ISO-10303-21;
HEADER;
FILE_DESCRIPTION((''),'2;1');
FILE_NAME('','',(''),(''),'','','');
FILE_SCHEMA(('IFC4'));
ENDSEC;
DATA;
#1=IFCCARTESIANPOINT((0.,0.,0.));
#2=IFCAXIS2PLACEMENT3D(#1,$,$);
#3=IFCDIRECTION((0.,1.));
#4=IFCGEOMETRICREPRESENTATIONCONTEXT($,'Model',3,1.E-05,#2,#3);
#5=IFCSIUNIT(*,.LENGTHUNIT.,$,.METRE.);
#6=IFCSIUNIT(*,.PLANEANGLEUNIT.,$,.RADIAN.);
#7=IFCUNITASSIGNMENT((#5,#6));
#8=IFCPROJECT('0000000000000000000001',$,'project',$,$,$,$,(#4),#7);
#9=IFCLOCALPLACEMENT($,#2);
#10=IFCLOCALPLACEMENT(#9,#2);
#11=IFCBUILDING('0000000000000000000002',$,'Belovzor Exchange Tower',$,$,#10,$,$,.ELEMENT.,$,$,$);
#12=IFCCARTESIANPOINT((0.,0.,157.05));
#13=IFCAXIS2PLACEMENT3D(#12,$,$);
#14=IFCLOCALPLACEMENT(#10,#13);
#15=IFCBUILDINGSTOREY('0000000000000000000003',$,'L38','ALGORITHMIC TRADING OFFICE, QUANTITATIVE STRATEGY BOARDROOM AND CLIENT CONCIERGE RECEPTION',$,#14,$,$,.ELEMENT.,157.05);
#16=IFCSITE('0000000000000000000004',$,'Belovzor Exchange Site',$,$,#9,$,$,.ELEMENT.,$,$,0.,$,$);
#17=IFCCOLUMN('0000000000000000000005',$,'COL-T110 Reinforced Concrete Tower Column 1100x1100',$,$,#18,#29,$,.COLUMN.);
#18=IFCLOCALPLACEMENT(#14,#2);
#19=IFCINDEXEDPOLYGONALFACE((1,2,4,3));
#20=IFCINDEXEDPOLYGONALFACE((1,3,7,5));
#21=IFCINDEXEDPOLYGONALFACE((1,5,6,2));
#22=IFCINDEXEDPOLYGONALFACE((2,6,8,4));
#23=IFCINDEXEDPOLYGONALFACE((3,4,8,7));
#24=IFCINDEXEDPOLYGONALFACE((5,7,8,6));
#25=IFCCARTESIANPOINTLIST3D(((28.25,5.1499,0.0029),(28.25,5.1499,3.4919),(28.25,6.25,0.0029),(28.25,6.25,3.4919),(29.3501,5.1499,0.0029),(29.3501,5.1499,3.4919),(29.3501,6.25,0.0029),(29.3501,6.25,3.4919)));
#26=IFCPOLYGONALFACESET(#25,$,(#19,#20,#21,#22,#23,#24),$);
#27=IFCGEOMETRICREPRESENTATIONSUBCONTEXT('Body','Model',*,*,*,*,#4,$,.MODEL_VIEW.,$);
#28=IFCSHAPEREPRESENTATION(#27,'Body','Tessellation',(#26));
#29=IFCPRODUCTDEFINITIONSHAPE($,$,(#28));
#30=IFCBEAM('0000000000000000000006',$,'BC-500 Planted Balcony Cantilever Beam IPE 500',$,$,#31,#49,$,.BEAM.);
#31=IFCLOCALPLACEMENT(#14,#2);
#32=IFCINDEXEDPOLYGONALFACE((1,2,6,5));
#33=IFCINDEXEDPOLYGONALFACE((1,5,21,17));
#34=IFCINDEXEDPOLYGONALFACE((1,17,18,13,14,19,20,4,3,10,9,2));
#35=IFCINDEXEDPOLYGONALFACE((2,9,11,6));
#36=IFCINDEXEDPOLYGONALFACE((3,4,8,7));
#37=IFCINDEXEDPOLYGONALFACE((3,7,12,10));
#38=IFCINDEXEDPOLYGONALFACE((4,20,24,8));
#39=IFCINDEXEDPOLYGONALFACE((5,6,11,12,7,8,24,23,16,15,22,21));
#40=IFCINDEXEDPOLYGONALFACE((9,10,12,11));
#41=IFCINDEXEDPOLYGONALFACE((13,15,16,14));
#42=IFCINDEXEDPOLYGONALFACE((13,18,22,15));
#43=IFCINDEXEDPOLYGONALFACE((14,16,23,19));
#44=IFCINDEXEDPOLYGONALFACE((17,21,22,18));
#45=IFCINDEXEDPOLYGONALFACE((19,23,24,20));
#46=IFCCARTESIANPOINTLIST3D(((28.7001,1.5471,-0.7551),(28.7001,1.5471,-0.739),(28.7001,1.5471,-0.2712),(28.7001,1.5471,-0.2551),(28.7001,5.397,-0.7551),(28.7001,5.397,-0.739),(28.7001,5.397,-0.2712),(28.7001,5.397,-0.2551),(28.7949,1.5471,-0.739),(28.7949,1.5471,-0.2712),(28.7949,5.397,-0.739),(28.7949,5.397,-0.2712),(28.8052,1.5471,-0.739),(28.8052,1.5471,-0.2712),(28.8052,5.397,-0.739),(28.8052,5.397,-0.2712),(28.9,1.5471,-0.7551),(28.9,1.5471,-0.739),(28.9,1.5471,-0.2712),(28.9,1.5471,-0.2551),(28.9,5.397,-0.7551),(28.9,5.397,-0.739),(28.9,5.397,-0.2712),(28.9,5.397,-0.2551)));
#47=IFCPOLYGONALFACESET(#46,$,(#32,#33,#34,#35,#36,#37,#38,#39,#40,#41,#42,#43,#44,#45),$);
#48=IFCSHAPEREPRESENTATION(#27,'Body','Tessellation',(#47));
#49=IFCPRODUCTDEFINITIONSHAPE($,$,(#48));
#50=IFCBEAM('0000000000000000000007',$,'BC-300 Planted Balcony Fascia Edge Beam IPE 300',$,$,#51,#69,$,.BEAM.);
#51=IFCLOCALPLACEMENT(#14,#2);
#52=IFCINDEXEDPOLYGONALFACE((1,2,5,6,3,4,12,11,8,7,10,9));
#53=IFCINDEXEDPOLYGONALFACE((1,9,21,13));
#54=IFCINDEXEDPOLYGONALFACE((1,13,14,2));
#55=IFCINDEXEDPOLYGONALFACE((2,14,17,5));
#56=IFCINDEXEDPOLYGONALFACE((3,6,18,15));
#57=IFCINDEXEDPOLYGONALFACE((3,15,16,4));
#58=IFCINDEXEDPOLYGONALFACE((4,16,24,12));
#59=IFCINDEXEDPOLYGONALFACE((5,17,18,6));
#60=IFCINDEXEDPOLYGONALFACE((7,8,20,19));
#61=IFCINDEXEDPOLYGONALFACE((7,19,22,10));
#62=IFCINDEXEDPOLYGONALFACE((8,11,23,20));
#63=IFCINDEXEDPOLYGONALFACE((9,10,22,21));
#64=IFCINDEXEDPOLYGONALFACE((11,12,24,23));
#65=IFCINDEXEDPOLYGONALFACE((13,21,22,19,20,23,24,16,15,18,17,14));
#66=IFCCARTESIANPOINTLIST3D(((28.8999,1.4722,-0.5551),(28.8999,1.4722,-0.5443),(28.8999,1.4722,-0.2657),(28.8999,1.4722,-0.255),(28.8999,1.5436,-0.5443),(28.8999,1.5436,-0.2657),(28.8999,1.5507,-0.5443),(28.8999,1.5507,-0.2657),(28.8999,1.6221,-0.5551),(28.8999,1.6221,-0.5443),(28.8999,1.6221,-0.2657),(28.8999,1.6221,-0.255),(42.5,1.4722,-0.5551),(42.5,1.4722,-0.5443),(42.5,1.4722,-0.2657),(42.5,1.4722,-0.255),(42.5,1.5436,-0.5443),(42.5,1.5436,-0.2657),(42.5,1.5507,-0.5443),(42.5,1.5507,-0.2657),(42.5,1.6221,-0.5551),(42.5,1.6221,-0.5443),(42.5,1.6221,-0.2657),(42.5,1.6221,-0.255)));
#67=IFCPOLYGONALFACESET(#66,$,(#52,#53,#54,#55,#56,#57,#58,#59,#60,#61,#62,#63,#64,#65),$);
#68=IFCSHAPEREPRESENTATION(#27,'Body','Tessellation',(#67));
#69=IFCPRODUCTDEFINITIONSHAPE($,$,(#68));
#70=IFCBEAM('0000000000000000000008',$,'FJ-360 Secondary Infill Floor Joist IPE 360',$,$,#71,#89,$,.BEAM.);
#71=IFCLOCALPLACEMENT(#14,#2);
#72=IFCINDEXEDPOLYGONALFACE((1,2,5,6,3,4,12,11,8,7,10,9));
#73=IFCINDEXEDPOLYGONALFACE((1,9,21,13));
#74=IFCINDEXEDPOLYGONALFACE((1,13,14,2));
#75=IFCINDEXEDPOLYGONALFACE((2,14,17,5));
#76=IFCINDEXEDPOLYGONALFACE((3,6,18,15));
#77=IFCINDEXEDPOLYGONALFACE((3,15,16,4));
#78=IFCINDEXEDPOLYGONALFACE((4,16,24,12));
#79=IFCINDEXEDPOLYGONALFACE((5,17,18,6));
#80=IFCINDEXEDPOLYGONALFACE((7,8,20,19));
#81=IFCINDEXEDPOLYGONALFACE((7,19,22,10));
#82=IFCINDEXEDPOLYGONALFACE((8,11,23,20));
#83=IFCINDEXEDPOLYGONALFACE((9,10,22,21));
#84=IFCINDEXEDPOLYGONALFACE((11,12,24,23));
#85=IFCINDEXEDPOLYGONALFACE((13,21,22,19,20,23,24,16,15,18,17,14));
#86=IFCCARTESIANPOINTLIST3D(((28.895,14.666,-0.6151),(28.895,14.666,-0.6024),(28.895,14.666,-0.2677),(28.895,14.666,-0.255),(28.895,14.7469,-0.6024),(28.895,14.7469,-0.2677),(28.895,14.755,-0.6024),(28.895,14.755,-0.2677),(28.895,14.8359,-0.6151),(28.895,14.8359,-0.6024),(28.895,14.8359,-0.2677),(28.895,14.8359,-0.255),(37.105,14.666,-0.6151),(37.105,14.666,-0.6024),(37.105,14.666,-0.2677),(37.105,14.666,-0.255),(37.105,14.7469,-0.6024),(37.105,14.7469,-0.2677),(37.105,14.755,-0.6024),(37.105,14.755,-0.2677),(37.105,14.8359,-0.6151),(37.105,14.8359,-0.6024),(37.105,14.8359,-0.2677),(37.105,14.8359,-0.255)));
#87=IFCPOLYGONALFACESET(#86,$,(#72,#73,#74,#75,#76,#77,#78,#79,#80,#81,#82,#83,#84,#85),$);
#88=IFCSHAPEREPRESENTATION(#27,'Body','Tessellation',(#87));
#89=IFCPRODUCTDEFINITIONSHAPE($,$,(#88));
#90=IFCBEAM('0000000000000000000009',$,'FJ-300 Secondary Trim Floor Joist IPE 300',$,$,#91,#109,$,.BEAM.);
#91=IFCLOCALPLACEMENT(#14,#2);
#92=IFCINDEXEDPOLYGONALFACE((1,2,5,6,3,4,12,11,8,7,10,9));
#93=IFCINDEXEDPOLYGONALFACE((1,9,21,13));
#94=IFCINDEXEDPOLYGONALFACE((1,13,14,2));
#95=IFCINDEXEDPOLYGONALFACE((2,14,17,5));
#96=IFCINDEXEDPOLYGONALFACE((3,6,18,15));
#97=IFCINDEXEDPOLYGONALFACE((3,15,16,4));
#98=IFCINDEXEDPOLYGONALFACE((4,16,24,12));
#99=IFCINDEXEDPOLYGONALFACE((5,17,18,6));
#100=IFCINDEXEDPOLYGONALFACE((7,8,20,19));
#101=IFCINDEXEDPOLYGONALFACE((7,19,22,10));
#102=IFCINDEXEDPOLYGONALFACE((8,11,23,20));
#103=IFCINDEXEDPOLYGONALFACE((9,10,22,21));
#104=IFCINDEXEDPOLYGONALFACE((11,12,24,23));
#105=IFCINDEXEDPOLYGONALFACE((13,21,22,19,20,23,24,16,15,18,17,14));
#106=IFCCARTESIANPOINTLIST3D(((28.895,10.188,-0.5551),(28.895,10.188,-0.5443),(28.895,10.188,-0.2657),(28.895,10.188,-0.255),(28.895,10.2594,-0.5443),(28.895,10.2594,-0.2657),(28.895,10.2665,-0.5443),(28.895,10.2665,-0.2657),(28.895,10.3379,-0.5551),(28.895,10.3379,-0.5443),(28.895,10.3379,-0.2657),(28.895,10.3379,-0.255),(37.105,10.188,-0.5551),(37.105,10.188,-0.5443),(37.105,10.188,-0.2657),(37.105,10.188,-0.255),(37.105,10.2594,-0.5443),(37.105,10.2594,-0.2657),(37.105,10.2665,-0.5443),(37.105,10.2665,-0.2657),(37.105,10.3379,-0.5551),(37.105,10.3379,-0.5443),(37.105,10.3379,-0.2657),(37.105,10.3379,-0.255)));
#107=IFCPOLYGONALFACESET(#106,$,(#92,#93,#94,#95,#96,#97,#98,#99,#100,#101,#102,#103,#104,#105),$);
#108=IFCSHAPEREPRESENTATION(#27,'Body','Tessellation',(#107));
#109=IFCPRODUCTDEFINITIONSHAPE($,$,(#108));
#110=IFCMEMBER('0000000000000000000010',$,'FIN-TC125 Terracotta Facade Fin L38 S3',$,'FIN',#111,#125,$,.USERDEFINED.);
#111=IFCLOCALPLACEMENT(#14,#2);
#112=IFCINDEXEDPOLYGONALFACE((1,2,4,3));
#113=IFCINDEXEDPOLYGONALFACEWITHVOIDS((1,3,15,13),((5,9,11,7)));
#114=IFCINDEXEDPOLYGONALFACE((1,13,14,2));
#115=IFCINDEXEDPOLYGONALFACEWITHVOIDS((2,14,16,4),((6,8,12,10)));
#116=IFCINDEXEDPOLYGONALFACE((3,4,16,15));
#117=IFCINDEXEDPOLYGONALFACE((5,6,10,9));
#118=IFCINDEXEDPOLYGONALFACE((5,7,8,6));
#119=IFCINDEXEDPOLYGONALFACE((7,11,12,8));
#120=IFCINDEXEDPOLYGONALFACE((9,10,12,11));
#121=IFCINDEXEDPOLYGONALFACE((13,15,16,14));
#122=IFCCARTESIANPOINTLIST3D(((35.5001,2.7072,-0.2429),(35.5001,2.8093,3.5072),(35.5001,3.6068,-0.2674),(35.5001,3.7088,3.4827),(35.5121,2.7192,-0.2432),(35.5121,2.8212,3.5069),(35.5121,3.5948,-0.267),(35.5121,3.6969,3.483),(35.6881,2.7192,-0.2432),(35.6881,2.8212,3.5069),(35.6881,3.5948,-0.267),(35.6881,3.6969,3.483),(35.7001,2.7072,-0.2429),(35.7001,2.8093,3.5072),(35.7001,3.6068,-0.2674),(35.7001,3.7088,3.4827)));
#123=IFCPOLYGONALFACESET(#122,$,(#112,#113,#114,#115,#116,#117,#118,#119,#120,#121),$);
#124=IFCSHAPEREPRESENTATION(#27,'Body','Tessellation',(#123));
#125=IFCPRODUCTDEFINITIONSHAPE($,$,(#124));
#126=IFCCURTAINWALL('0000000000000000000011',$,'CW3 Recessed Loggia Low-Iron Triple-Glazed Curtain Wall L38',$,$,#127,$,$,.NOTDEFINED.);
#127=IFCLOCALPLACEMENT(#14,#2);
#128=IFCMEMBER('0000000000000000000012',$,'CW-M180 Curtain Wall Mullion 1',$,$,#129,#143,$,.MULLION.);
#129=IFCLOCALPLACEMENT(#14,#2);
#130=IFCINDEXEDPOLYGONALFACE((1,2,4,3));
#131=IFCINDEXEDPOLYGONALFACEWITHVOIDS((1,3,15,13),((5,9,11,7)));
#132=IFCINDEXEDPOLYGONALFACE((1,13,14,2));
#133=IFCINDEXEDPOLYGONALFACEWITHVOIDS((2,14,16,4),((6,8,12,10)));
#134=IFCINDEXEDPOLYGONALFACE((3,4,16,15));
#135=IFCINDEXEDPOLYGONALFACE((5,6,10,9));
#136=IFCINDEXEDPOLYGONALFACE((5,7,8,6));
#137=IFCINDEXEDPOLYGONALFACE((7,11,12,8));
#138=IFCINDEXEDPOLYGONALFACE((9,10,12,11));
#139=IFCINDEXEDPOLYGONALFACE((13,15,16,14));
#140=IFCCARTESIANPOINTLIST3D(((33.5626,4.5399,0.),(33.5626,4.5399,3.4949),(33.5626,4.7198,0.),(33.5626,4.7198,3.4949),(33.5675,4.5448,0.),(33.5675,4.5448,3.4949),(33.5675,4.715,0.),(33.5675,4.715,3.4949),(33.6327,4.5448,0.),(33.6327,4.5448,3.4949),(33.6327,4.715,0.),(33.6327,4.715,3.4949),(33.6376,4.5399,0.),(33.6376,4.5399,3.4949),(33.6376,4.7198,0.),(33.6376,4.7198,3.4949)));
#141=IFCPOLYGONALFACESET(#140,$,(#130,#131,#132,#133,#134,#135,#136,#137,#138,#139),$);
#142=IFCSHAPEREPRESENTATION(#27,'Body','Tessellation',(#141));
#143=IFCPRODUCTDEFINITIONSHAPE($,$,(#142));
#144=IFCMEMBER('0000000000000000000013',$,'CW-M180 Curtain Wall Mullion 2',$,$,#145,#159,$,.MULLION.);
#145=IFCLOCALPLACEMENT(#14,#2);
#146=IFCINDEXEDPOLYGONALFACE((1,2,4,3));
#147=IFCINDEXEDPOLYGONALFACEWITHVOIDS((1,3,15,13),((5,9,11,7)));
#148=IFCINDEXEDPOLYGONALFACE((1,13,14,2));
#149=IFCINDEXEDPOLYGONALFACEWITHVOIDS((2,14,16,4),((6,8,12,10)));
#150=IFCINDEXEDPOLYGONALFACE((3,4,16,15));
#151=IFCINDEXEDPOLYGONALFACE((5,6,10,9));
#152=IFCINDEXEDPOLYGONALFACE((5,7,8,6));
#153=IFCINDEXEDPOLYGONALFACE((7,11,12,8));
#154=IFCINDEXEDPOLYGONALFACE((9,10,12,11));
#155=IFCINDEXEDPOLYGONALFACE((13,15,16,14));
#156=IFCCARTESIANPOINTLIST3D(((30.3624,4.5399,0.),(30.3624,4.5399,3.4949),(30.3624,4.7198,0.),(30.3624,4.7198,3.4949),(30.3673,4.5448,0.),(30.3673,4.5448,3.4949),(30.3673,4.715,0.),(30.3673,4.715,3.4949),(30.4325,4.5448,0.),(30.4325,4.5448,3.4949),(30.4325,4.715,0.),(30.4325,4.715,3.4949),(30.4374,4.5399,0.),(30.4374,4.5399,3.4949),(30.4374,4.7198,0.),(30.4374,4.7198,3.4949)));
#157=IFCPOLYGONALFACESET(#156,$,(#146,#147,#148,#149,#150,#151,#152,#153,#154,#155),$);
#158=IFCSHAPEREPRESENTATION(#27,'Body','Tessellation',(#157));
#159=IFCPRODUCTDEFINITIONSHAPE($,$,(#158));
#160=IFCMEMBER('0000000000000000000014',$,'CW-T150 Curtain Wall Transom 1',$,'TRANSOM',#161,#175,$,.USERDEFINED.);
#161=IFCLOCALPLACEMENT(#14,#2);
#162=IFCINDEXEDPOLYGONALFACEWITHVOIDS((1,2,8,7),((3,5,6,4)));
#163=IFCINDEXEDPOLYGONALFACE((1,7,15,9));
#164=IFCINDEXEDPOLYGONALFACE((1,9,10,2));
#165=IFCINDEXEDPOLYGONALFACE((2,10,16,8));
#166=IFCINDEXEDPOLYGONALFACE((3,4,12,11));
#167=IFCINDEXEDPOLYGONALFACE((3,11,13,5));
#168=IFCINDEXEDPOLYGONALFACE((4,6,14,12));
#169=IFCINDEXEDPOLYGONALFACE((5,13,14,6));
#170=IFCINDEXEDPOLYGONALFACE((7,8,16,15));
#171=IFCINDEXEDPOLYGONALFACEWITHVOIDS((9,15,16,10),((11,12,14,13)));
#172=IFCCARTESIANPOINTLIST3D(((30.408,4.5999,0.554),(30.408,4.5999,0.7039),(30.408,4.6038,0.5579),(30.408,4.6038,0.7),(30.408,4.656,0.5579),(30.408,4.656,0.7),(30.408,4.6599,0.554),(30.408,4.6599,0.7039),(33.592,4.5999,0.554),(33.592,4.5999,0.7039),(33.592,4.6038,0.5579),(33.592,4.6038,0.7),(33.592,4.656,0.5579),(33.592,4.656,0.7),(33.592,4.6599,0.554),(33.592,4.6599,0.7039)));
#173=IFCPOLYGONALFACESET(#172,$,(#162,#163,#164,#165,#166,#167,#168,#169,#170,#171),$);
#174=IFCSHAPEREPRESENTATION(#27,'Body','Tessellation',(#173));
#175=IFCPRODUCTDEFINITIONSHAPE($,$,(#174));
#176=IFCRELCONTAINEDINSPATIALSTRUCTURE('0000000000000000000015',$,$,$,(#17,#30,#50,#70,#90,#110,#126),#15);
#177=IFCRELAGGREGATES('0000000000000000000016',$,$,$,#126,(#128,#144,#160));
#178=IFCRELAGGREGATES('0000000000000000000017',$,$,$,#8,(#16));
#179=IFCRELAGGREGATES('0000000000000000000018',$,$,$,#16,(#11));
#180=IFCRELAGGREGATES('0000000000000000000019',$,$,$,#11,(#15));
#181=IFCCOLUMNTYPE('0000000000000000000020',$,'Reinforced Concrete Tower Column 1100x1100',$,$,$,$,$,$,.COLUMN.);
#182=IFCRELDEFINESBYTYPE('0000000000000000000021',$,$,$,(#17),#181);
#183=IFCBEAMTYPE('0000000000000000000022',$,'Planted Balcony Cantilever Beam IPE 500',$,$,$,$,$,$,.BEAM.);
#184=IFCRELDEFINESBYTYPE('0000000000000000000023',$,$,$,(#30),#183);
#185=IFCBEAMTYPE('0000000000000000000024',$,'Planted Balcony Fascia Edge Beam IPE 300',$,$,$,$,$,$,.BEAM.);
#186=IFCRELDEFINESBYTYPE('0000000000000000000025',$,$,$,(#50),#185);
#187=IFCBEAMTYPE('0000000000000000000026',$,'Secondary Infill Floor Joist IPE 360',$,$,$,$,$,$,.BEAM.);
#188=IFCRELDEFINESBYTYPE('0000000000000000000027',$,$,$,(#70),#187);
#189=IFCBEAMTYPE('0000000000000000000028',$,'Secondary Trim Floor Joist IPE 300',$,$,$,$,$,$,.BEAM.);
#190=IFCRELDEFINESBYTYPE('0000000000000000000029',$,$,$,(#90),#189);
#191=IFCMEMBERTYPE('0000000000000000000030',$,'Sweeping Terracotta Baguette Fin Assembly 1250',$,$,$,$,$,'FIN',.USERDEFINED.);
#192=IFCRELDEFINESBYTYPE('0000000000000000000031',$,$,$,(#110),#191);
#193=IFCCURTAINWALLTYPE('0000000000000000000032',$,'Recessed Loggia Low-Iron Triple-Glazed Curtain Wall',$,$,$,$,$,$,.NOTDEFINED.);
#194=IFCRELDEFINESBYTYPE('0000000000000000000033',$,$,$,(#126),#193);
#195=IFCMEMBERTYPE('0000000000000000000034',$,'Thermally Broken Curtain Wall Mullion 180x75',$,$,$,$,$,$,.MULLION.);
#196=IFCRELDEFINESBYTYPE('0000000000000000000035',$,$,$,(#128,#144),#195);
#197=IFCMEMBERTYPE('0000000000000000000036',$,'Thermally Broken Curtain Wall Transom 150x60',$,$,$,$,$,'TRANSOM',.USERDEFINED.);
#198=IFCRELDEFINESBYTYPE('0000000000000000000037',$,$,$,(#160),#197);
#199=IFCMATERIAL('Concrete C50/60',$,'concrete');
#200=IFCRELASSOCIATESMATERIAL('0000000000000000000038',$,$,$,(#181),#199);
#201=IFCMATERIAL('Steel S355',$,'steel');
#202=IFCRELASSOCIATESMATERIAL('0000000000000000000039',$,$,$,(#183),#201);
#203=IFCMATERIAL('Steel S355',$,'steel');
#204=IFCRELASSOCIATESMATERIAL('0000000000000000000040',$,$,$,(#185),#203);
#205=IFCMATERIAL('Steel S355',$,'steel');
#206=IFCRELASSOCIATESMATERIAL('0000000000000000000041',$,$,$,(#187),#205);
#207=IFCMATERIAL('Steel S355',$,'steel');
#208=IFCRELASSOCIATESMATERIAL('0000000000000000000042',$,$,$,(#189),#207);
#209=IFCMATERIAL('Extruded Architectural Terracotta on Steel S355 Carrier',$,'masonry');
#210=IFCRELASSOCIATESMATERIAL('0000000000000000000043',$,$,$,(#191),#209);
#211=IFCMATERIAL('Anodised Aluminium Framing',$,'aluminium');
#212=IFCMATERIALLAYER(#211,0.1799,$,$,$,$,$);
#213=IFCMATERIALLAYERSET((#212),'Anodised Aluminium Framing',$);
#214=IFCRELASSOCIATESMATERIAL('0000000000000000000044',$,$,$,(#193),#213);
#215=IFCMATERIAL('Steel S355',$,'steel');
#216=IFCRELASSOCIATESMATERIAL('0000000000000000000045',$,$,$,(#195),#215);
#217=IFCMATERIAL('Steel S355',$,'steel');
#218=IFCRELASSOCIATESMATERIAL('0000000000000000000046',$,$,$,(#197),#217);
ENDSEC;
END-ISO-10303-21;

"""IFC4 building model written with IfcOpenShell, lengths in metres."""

from ifc_helpers import new_model, si_unit, direction, frame, origin, origin_2d, place, context, subcontext, project, spatial, rectangle, hollow_rectangle, i_section, extrude, material, layer, layer_set, material_profile, profile_set, type_object, element, aggregate, save


model = new_model("IFC4")

# Units and contexts
model_context = context("Model", 3, precision=1e-05, world=origin(), true_north=direction((0.0, 1.0)))
body_context = subcontext(model_context, "Body", "Model", "MODEL_VIEW")
ifc_project = project(units=[si_unit("LENGTHUNIT", "METRE"), si_unit("PLANEANGLEUNIT", "RADIAN")], contexts=[model_context])

# Site, building, storey
site_placement = place(None, origin())
site = spatial("IfcSite", under=ifc_project, at=site_placement, Name="Belovzor Exchange Site", CompositionType="ELEMENT", RefElevation=0.0)
building_placement = place(site_placement, origin())
building = spatial("IfcBuilding", under=site, at=building_placement, Name="Belovzor Exchange Tower", CompositionType="ELEMENT")
storey_placement = place(building_placement, frame((0.0, 0.0, 157.05)))
storey = spatial("IfcBuildingStorey", under=building, at=storey_placement, Name="L38", Description="ALGORITHMIC TRADING OFFICE, QUANTITATIVE STRATEGY BOARDROOM AND CLIENT CONCIERGE RECEPTION", CompositionType="ELEMENT", Elevation=157.05)

# Column
ifc_material_1 = material(Name="Concrete C50/60", Category="concrete")
ifc_material_profile_1 = material_profile(ifc_material_1, rectangle(XDim=1.1001, YDim=1.1001, at=origin_2d()))
ifc_profile_set_1 = profile_set([ifc_material_profile_1], Name="Concrete C50/60")
column_type = type_object("IfcColumnType", Name="Reinforced Concrete Tower Column 1100x1100", PredefinedType="COLUMN", material=ifc_profile_set_1)
column_placement = place(storey_placement, frame((28.8, 5.7, 0.0029), z_axis=(0.0, 0.0, 1.0), x_axis=(1.0, 0.0, 0.0)))
element("IfcColumn", 1, at=column_placement, inside=storey, type_object=column_type, Name="COL-T110 Reinforced Concrete Tower Column 1100x1100", PredefinedType="COLUMN", context=body_context, shape_type="SweptSolid", body=[
    extrude(rectangle(XDim=1.1001, YDim=1.1001, at=origin_2d()), origin(), (0.0, 0.0, 1.0), 3.489),
])

# Beams
ifc_material_2 = material(Name="Steel S355", Category="steel")
ifc_material_profile_2 = material_profile(ifc_material_2, i_section(OverallWidth=0.2, OverallDepth=0.5, WebThickness=0.0103, FlangeThickness=0.0161, at=origin_2d()))
ifc_profile_set_2 = profile_set([ifc_material_profile_2], Name="Steel S355")
beam_type_1 = type_object("IfcBeamType", Name="Planted Balcony Cantilever Beam IPE 500", PredefinedType="BEAM", material=ifc_profile_set_2)
beam_1_placement = place(storey_placement, frame((28.8, 5.397, -0.5051), z_axis=(0.0, -1.0, 0.0), x_axis=(1.0, 0.0, 0.0)))
element("IfcBeam", 2, at=beam_1_placement, inside=storey, type_object=beam_type_1, Name="BC-500 Planted Balcony Cantilever Beam IPE 500", PredefinedType="BEAM", context=body_context, shape_type="SweptSolid", body=[
    extrude(i_section(OverallWidth=0.2, OverallDepth=0.5, WebThickness=0.0103, FlangeThickness=0.0161, at=origin_2d()), origin(), (0.0, 0.0, 1.0), 3.8499),
])
ifc_material_3 = material(Name="Steel S355", Category="steel")
ifc_material_profile_3 = material_profile(ifc_material_3, i_section(OverallWidth=0.1499, OverallDepth=0.3, WebThickness=0.0071, FlangeThickness=0.0107, at=origin_2d()))
ifc_profile_set_3 = profile_set([ifc_material_profile_3], Name="Steel S355")
beam_type_2 = type_object("IfcBeamType", Name="Planted Balcony Fascia Edge Beam IPE 300", PredefinedType="BEAM", material=ifc_profile_set_3)
beam_2_placement = place(storey_placement, frame((28.8999, 1.5471, -0.405), z_axis=(1.0, 0.0, 0.0), x_axis=(0.0, 1.0, 0.0)))
element("IfcBeam", 3, at=beam_2_placement, inside=storey, type_object=beam_type_2, Name="BC-300 Planted Balcony Fascia Edge Beam IPE 300", PredefinedType="BEAM", context=body_context, shape_type="SweptSolid", body=[
    extrude(i_section(OverallWidth=0.1499, OverallDepth=0.3, WebThickness=0.0071, FlangeThickness=0.0107, at=origin_2d()), origin(), (0.0, 0.0, 1.0), 13.6001),
])
ifc_material_4 = material(Name="Steel S355", Category="steel")
ifc_material_profile_4 = material_profile(ifc_material_4, i_section(OverallWidth=0.1699, OverallDepth=0.3601, WebThickness=0.0081, FlangeThickness=0.0127, at=origin_2d()))
ifc_profile_set_4 = profile_set([ifc_material_profile_4], Name="Steel S355")
beam_type_3 = type_object("IfcBeamType", Name="Secondary Infill Floor Joist IPE 360", PredefinedType="BEAM", material=ifc_profile_set_4)
beam_3_placement = place(storey_placement, frame((28.895, 14.751, -0.4351), z_axis=(1.0, 0.0, 0.0), x_axis=(0.0, 1.0, 0.0)))
element("IfcBeam", 4, at=beam_3_placement, inside=storey, type_object=beam_type_3, Name="FJ-360 Secondary Infill Floor Joist IPE 360", PredefinedType="BEAM", context=body_context, shape_type="SweptSolid", body=[
    extrude(i_section(OverallWidth=0.1699, OverallDepth=0.3601, WebThickness=0.0081, FlangeThickness=0.0127, at=origin_2d()), origin(), (0.0, 0.0, 1.0), 8.21),
])
ifc_material_5 = material(Name="Steel S355", Category="steel")
ifc_material_profile_5 = material_profile(ifc_material_5, i_section(OverallWidth=0.1499, OverallDepth=0.3, WebThickness=0.0071, FlangeThickness=0.0107, at=origin_2d()))
ifc_profile_set_5 = profile_set([ifc_material_profile_5], Name="Steel S355")
beam_type_4 = type_object("IfcBeamType", Name="Secondary Trim Floor Joist IPE 300", PredefinedType="BEAM", material=ifc_profile_set_5)
beam_4_placement = place(storey_placement, frame((28.895, 10.2629, -0.405), z_axis=(1.0, 0.0, 0.0), x_axis=(0.0, 1.0, 0.0)))
element("IfcBeam", 5, at=beam_4_placement, inside=storey, type_object=beam_type_4, Name="FJ-300 Secondary Trim Floor Joist IPE 300", PredefinedType="BEAM", context=body_context, shape_type="SweptSolid", body=[
    extrude(i_section(OverallWidth=0.1499, OverallDepth=0.3, WebThickness=0.0071, FlangeThickness=0.0107, at=origin_2d()), origin(), (0.0, 0.0, 1.0), 8.21),
])

# Member
ifc_material_6 = material(Name="Extruded Architectural Terracotta on Steel S355 Carrier", Category="masonry")
ifc_material_profile_6 = material_profile(ifc_material_6, hollow_rectangle(XDim=0.2, YDim=0.8999, WallThickness=0.012, at=origin_2d()))
ifc_profile_set_6 = profile_set([ifc_material_profile_6], Name="Extruded Architectural Terracotta on Steel S355 Carrier")
member_type_1 = type_object("IfcMemberType", Name="Sweeping Terracotta Baguette Fin Assembly 1250", ElementType="FIN", PredefinedType="USERDEFINED", material=ifc_profile_set_6)
member_1_placement = place(storey_placement, frame((35.6001, 3.157, -0.2551), z_axis=(0.0, 0.027203, 0.99963), x_axis=(-1.0, 0.0, 0.0)))
element("IfcMember", 6, at=member_1_placement, inside=storey, type_object=member_type_1, Name="FIN-TC125 Terracotta Facade Fin L38 S3", ObjectType="FIN", PredefinedType="USERDEFINED", context=body_context, shape_type="SweptSolid", body=[
    extrude(hollow_rectangle(XDim=0.2, YDim=0.8999, WallThickness=0.012, at=origin_2d()), origin(), (0.0, 0.0, 1.0), 3.7515),
])

# Curtain wall, members
ifc_material_7 = material(Name="Anodised Aluminium Framing", Category="aluminium")
ifc_layer_1 = layer(ifc_material_7, 0.1799)
ifc_layer_set_1 = layer_set([ifc_layer_1], Name="Anodised Aluminium Framing")
curtain_wall_type = type_object("IfcCurtainWallType", Name="Recessed Loggia Low-Iron Triple-Glazed Curtain Wall", PredefinedType="NOTDEFINED", material=ifc_layer_set_1)
curtain_wall_placement = place(storey_placement, origin())
curtain_wall = element("IfcCurtainWall", 7, at=curtain_wall_placement, inside=storey, type_object=curtain_wall_type, Name="CW3 Recessed Loggia Low-Iron Triple-Glazed Curtain Wall L38", PredefinedType="NOTDEFINED")
ifc_material_8 = material(Name="Steel S355", Category="steel")
ifc_material_profile_7 = material_profile(ifc_material_8, hollow_rectangle(XDim=0.075, YDim=0.1799, WallThickness=0.0049, at=origin_2d()))
ifc_profile_set_7 = profile_set([ifc_material_profile_7], Name="Steel S355")
member_type_2 = type_object("IfcMemberType", Name="Thermally Broken Curtain Wall Mullion 180x75", PredefinedType="MULLION", material=ifc_profile_set_7)
member_2_placement = place(storey_placement, frame((33.6001, 4.6299, 0.0), z_axis=(0.0, 0.0, 1.0), x_axis=(-1.0, 0.0, 0.0)))
member_2 = element("IfcMember", 8, at=member_2_placement, type_object=member_type_2, Name="CW-M180 Curtain Wall Mullion 1", PredefinedType="MULLION", context=body_context, shape_type="SweptSolid", body=[
    extrude(hollow_rectangle(XDim=0.075, YDim=0.1799, WallThickness=0.0049, at=origin_2d()), origin(), (0.0, 0.0, 1.0), 3.4949),
])
member_3_placement = place(storey_placement, frame((30.3999, 4.6299, 0.0), z_axis=(0.0, 0.0, 1.0), x_axis=(-1.0, 0.0, 0.0)))
member_3 = element("IfcMember", 9, at=member_3_placement, type_object=member_type_2, Name="CW-M180 Curtain Wall Mullion 2", PredefinedType="MULLION", context=body_context, shape_type="SweptSolid", body=[
    extrude(hollow_rectangle(XDim=0.075, YDim=0.1799, WallThickness=0.0049, at=origin_2d()), origin(), (0.0, 0.0, 1.0), 3.4949),
])
ifc_material_9 = material(Name="Steel S355", Category="steel")
ifc_material_profile_8 = material_profile(ifc_material_9, hollow_rectangle(XDim=0.0601, YDim=0.1499, WallThickness=0.0039, at=origin_2d()))
ifc_profile_set_8 = profile_set([ifc_material_profile_8], Name="Steel S355")
member_type_3 = type_object("IfcMemberType", Name="Thermally Broken Curtain Wall Transom 150x60", ElementType="TRANSOM", PredefinedType="USERDEFINED", material=ifc_profile_set_8)
member_4_placement = place(storey_placement, frame((33.592, 4.6299, 0.6289), z_axis=(-1.0, 0.0, 0.0), x_axis=(0.0, -1.0, 0.0)))
member_4 = element("IfcMember", 10, at=member_4_placement, type_object=member_type_3, Name="CW-T150 Curtain Wall Transom 1", ObjectType="TRANSOM", PredefinedType="USERDEFINED", context=body_context, shape_type="SweptSolid", body=[
    extrude(hollow_rectangle(XDim=0.0601, YDim=0.1499, WallThickness=0.0039, at=origin_2d()), origin(), (0.0, 0.0, 1.0), 3.1841),
])

aggregate(curtain_wall, [member_2, member_3, member_4])

save(model, "model.ifc")
